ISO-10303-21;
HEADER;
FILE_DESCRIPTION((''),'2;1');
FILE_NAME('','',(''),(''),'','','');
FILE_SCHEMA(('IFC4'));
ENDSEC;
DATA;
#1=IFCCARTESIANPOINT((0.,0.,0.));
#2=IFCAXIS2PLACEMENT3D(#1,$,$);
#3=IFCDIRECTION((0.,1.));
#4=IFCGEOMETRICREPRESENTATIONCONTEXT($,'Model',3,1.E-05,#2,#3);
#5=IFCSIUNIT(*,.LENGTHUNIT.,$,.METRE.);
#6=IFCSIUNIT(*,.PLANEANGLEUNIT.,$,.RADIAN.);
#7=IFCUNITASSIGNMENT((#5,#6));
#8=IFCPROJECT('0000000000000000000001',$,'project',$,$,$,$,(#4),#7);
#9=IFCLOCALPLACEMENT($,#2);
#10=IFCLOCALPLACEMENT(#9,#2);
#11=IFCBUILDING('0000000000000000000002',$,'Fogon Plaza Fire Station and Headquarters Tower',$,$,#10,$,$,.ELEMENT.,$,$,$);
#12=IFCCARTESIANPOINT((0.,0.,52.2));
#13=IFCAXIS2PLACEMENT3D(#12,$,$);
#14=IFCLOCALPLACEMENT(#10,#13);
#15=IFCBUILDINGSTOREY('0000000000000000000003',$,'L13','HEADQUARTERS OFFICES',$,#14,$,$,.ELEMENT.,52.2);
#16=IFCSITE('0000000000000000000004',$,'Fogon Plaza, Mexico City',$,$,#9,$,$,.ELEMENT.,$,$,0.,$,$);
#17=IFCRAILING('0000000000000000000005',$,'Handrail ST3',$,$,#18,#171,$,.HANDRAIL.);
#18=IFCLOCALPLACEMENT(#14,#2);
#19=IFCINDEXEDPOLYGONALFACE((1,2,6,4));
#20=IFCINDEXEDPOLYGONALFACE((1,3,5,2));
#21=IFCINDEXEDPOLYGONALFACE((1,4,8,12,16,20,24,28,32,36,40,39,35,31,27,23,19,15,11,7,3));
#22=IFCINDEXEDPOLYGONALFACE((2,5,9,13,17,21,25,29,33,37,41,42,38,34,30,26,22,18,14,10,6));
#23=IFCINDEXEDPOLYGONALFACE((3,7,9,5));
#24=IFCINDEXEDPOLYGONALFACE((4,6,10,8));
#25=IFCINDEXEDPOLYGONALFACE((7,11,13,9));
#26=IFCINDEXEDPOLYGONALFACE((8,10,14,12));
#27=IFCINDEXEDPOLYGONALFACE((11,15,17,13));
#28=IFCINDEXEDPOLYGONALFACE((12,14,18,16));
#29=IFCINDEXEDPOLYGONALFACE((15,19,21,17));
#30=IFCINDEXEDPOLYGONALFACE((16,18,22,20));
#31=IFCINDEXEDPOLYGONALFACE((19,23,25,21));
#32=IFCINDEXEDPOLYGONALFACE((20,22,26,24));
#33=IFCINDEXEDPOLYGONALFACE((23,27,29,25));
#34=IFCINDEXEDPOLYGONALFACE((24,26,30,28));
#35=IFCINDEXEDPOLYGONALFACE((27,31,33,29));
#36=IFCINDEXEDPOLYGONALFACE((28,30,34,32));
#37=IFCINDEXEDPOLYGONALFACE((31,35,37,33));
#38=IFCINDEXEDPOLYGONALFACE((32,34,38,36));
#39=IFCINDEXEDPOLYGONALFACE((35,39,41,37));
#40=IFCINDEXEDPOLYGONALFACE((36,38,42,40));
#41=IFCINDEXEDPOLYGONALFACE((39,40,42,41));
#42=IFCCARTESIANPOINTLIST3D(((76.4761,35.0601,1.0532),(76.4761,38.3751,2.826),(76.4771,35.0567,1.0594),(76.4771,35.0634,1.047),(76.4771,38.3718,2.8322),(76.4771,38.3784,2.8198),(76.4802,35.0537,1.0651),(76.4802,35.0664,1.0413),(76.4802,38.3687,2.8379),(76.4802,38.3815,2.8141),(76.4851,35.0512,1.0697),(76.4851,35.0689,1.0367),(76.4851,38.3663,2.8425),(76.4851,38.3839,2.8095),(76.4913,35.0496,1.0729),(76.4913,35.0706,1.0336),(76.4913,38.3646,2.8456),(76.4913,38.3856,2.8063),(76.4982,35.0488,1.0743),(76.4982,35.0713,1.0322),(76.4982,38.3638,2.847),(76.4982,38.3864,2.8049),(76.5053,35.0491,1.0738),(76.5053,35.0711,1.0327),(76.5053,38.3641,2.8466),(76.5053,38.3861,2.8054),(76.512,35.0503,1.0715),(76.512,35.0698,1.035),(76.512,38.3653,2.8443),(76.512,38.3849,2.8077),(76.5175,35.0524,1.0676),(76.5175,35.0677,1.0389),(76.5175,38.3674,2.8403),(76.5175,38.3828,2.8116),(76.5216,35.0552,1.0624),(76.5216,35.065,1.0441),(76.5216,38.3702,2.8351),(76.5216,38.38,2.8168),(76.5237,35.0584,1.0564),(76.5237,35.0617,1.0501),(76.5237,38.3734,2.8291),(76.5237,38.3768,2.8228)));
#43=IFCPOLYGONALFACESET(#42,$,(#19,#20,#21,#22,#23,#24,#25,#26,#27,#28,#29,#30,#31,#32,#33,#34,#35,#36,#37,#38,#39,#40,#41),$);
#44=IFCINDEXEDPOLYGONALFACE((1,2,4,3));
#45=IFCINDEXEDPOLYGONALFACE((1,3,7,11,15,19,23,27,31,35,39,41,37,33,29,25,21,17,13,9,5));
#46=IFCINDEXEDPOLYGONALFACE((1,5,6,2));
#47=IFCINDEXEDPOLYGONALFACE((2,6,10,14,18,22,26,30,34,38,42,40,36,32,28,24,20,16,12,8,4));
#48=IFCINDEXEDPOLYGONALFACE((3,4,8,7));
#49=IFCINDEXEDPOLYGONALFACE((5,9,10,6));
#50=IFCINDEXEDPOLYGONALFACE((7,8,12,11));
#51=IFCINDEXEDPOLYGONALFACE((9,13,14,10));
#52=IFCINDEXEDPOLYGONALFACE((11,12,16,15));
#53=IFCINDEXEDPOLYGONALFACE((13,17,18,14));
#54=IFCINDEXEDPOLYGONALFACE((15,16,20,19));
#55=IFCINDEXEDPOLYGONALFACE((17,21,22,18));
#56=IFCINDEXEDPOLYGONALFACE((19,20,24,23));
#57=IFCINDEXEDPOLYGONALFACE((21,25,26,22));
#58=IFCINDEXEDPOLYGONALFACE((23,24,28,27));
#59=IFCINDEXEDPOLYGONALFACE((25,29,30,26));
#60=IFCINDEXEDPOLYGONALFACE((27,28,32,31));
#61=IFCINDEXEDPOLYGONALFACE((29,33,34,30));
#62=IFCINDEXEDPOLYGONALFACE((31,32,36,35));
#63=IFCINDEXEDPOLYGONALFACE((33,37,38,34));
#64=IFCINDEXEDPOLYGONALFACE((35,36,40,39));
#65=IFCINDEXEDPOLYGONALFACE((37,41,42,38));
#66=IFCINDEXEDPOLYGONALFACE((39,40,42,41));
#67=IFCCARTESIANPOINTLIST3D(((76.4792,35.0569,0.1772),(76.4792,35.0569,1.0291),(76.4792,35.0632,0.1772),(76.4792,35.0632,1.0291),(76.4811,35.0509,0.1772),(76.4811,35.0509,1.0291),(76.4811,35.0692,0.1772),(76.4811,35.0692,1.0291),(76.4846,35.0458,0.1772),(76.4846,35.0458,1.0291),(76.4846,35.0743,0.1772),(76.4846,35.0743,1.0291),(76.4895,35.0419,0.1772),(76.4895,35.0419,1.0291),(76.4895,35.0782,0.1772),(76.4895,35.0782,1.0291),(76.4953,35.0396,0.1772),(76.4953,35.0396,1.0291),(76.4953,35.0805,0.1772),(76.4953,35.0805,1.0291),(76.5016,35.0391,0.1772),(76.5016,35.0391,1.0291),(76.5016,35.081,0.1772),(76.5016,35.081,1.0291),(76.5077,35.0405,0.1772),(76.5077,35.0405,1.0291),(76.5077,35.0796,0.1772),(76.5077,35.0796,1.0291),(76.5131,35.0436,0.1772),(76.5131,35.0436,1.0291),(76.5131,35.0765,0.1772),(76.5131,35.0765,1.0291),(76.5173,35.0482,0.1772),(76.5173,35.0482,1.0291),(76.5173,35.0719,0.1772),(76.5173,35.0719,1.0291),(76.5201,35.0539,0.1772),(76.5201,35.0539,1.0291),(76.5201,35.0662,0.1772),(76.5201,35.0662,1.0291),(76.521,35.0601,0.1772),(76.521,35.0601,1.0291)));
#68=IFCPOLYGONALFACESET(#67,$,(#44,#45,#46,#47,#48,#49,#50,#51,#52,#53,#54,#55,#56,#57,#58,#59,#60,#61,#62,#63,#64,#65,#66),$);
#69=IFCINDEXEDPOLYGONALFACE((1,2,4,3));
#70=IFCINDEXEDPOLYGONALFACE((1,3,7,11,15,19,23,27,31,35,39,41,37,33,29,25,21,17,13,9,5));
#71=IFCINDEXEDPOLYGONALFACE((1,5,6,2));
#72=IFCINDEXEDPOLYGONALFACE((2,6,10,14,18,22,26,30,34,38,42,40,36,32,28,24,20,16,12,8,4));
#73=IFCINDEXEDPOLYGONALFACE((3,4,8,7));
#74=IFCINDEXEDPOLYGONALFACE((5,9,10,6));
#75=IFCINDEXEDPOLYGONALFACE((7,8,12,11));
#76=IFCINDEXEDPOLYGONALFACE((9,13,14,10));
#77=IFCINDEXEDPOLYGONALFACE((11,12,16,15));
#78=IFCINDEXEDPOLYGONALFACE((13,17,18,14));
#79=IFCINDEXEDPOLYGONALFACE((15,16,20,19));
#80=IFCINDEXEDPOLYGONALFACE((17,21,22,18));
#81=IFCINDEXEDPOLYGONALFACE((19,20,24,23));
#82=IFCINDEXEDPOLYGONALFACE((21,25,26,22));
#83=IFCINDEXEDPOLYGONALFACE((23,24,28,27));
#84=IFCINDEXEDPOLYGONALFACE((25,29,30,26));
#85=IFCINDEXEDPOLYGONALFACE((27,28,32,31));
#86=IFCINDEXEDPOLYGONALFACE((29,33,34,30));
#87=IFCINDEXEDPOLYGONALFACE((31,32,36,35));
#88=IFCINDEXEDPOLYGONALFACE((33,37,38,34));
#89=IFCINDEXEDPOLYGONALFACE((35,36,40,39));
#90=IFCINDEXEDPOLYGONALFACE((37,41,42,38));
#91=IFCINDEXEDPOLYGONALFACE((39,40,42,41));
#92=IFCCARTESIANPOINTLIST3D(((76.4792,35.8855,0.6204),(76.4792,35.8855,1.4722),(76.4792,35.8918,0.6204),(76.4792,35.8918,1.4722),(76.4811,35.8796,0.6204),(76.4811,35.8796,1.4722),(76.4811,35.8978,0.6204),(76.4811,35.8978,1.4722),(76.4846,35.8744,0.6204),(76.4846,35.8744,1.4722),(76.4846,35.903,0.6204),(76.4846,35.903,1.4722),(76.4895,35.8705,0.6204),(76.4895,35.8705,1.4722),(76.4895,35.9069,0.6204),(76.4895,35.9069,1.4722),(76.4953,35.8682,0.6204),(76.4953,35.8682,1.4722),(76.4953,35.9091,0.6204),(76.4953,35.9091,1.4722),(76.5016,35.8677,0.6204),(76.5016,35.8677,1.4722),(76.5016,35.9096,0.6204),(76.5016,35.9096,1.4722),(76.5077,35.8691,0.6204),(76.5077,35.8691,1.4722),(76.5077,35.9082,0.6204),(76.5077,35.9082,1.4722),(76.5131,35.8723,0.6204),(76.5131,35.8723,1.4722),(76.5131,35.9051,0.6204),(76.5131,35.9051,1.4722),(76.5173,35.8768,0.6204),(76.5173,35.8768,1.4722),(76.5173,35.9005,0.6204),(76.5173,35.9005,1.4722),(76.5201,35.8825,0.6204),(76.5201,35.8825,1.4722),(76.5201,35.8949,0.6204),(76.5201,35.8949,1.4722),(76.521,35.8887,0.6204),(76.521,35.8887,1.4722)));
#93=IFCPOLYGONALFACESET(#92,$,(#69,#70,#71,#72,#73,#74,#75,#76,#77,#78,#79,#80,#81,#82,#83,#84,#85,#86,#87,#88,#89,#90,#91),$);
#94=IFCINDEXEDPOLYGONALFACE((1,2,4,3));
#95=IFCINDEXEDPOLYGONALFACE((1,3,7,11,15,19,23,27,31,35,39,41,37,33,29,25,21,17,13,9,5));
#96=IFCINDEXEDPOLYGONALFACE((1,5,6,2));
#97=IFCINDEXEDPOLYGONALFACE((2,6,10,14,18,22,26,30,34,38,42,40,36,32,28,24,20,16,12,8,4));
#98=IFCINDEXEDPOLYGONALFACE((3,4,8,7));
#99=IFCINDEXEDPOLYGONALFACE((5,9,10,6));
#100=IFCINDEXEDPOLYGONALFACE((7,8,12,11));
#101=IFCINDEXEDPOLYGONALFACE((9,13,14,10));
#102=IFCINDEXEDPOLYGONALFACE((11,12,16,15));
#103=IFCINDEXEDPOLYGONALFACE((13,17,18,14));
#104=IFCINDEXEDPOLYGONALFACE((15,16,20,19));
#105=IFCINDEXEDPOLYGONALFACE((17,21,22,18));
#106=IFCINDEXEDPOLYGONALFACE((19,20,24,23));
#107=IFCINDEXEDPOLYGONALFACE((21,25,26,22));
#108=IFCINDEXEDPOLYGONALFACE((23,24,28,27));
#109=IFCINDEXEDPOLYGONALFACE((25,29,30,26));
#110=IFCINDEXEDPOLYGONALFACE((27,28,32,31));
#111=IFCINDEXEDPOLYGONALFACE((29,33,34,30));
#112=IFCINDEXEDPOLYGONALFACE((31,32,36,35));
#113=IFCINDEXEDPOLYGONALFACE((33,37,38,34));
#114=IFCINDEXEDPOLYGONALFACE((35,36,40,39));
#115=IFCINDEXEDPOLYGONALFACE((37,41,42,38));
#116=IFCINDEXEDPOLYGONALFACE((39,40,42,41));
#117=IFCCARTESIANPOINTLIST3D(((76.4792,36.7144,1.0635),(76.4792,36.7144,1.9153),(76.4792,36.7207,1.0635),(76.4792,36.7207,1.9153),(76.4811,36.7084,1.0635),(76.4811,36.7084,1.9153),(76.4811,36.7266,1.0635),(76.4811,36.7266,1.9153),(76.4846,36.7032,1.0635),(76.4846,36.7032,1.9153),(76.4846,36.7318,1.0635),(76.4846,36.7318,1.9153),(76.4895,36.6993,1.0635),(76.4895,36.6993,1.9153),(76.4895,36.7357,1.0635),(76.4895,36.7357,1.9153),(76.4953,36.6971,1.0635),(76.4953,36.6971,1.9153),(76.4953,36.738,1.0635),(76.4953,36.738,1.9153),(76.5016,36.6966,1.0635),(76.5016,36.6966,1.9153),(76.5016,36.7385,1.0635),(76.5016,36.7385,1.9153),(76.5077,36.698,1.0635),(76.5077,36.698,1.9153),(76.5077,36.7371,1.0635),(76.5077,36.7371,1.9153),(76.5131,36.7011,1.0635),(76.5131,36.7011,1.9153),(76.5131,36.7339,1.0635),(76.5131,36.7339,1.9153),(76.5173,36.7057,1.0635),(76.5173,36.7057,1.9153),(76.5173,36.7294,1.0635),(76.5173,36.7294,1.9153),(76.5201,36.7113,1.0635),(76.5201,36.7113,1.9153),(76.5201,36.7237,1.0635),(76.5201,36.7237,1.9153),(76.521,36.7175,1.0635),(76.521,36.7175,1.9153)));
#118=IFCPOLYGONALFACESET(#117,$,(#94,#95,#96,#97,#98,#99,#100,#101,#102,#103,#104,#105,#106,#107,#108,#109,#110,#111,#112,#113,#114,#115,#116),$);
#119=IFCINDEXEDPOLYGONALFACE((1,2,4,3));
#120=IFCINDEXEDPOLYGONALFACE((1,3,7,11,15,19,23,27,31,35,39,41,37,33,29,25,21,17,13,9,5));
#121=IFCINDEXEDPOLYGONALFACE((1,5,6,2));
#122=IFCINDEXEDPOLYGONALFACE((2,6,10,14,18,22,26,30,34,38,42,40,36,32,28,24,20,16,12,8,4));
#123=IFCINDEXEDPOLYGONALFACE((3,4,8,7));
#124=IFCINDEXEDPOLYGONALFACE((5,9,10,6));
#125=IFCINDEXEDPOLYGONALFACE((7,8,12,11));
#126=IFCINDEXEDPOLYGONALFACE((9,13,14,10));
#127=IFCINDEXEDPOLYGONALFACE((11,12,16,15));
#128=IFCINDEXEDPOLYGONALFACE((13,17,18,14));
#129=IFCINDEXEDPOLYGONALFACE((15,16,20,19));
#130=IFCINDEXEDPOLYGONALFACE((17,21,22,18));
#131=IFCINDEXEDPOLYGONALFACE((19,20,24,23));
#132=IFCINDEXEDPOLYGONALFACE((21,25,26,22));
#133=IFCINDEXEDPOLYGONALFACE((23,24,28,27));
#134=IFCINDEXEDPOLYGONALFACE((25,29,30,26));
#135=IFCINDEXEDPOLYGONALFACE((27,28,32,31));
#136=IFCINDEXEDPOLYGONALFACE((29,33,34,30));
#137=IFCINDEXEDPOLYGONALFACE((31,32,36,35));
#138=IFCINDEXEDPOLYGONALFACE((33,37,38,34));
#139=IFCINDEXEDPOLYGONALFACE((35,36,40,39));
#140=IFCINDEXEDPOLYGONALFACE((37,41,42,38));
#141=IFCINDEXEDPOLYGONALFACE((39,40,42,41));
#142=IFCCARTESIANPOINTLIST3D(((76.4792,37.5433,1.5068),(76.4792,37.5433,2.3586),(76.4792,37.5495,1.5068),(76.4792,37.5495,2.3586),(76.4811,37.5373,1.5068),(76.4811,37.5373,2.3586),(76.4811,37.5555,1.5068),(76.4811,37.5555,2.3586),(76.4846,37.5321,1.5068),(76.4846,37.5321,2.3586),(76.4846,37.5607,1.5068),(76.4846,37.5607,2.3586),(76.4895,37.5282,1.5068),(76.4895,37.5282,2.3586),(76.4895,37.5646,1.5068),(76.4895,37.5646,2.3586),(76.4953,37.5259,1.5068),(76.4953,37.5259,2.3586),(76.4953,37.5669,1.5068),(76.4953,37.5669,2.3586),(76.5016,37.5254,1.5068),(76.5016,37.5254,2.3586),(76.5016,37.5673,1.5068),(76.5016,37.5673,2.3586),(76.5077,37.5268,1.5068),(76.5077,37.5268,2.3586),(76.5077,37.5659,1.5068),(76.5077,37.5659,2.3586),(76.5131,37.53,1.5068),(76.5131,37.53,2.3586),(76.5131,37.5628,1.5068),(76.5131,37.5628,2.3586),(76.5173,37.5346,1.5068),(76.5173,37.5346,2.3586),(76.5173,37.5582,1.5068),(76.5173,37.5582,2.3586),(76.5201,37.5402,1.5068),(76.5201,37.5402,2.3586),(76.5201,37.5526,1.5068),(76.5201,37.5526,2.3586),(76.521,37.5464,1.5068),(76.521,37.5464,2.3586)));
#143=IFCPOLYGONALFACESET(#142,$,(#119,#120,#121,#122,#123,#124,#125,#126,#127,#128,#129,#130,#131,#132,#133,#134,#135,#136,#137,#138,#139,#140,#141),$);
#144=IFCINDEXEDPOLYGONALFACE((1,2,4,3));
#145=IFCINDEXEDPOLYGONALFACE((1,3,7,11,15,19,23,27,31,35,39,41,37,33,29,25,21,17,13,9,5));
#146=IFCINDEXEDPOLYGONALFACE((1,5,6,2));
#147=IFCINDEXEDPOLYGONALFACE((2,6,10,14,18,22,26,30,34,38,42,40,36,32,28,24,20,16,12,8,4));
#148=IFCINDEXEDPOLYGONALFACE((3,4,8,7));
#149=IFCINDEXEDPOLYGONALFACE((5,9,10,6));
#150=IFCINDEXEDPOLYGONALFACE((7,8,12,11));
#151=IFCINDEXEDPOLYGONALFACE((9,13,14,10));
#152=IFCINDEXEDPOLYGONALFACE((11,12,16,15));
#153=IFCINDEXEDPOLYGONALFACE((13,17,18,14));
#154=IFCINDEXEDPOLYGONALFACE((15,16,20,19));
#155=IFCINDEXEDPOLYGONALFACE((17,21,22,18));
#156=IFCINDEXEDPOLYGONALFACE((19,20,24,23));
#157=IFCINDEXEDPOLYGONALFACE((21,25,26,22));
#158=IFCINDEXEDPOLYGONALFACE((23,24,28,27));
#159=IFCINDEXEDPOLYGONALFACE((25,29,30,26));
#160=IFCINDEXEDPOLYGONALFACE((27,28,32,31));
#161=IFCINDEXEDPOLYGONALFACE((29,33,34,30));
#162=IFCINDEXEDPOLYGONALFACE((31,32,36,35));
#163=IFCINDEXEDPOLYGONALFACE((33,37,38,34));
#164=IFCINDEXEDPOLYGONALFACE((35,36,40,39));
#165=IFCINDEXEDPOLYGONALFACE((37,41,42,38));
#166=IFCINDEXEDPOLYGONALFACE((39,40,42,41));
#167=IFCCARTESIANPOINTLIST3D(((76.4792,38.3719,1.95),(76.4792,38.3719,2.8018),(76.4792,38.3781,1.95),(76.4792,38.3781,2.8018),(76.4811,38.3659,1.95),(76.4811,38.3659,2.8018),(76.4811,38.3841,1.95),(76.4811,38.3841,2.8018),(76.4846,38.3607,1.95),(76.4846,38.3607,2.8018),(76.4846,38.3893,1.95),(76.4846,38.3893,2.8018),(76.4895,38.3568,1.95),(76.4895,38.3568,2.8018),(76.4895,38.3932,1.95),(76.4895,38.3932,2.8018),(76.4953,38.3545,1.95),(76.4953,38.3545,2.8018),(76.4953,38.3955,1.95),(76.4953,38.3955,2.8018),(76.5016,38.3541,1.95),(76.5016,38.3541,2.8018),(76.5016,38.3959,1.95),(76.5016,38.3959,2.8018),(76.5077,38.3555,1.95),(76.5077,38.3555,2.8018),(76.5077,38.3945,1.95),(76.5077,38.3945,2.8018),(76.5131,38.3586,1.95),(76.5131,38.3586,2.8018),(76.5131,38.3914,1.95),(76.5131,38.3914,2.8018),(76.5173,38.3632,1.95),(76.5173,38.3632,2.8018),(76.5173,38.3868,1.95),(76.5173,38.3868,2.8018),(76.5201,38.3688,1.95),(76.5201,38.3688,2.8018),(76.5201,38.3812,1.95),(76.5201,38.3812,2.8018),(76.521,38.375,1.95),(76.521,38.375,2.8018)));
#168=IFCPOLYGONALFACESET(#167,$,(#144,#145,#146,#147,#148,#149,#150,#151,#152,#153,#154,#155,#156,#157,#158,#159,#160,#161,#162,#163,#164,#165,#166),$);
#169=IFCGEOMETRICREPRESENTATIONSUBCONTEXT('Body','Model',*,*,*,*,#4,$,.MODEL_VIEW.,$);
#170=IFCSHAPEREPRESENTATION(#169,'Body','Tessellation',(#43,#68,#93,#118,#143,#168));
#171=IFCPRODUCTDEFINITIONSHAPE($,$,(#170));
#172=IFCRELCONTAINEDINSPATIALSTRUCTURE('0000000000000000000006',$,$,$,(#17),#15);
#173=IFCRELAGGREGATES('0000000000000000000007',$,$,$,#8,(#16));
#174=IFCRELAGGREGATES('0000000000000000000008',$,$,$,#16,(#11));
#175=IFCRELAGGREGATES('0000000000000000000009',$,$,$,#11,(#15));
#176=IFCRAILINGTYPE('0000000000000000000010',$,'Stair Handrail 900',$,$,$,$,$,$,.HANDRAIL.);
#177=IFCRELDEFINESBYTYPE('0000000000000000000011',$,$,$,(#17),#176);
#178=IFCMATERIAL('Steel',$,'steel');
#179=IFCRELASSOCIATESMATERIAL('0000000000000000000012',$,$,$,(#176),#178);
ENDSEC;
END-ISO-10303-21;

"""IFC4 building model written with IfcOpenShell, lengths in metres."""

from ifc_helpers import new_model, si_unit, direction, frame, origin, origin_2d, place, context, subcontext, project, spatial, circle, extrude, material, type_object, element, save


model = new_model("IFC4")

# Units and contexts
model_context = context("Model", 3, precision=1e-05, world=origin(), true_north=direction((0.0, 1.0)))
body_context = subcontext(model_context, "Body", "Model", "MODEL_VIEW")
ifc_project = project(units=[si_unit("LENGTHUNIT", "METRE"), si_unit("PLANEANGLEUNIT", "RADIAN")], contexts=[model_context])

# Site, building, storey
site_placement = place(None, origin())
site = spatial("IfcSite", under=ifc_project, at=site_placement, Name="Fogon Plaza, Mexico City", CompositionType="ELEMENT", RefElevation=0.0)
building_placement = place(site_placement, origin())
building = spatial("IfcBuilding", under=site, at=building_placement, Name="Fogon Plaza Fire Station and Headquarters Tower", CompositionType="ELEMENT")
storey_placement = place(building_placement, frame((0.0, 0.0, 52.2)))
storey = spatial("IfcBuildingStorey", under=building, at=storey_placement, Name="L13", Description="HEADQUARTERS OFFICES", CompositionType="ELEMENT", Elevation=52.2)

# Railing
ifc_material_1 = material(Name="Steel", Category="steel")
railing_type = type_object("IfcRailingType", Name="Stair Handrail 900", PredefinedType="HANDRAIL", material=ifc_material_1)
for number, where, name in (
    (1, (76.5, 35.0601, 0.1772), "Handrail ST3"),
):
    element("IfcRailing", number, at=place(storey_placement, frame(where)), inside=storey, type_object=railing_type, Name=name, PredefinedType="HANDRAIL", context=body_context, shape_type="SweptSolid", body=[
        extrude(circle(Radius=0.0239, at=origin_2d()), frame((0.0, 0.0, 0.876), z_axis=(0.0, 0.881829, 0.471569), x_axis=(-1.0, 0.0, 0.0)), (0.0, 0.0, 1.0), 3.7593),
        extrude(circle(Radius=0.021, at=origin_2d()), origin(), (0.0, 0.0, 1.0), 0.8518),
        extrude(circle(Radius=0.021, at=origin_2d()), frame((0.0, 0.8286, 0.4431)), (0.0, 0.0, 1.0), 0.8518),
        extrude(circle(Radius=0.021, at=origin_2d()), frame((0.0, 1.6575, 0.8862)), (0.0, 0.0, 1.0), 0.8518),
        extrude(circle(Radius=0.021, at=origin_2d()), frame((0.0, 2.4863, 1.3296)), (0.0, 0.0, 1.0), 0.8518),
        extrude(circle(Radius=0.021, at=origin_2d()), frame((0.0, 3.3149, 1.7727)), (0.0, 0.0, 1.0), 0.8518),
    ])

save(model, "model.ifc")
